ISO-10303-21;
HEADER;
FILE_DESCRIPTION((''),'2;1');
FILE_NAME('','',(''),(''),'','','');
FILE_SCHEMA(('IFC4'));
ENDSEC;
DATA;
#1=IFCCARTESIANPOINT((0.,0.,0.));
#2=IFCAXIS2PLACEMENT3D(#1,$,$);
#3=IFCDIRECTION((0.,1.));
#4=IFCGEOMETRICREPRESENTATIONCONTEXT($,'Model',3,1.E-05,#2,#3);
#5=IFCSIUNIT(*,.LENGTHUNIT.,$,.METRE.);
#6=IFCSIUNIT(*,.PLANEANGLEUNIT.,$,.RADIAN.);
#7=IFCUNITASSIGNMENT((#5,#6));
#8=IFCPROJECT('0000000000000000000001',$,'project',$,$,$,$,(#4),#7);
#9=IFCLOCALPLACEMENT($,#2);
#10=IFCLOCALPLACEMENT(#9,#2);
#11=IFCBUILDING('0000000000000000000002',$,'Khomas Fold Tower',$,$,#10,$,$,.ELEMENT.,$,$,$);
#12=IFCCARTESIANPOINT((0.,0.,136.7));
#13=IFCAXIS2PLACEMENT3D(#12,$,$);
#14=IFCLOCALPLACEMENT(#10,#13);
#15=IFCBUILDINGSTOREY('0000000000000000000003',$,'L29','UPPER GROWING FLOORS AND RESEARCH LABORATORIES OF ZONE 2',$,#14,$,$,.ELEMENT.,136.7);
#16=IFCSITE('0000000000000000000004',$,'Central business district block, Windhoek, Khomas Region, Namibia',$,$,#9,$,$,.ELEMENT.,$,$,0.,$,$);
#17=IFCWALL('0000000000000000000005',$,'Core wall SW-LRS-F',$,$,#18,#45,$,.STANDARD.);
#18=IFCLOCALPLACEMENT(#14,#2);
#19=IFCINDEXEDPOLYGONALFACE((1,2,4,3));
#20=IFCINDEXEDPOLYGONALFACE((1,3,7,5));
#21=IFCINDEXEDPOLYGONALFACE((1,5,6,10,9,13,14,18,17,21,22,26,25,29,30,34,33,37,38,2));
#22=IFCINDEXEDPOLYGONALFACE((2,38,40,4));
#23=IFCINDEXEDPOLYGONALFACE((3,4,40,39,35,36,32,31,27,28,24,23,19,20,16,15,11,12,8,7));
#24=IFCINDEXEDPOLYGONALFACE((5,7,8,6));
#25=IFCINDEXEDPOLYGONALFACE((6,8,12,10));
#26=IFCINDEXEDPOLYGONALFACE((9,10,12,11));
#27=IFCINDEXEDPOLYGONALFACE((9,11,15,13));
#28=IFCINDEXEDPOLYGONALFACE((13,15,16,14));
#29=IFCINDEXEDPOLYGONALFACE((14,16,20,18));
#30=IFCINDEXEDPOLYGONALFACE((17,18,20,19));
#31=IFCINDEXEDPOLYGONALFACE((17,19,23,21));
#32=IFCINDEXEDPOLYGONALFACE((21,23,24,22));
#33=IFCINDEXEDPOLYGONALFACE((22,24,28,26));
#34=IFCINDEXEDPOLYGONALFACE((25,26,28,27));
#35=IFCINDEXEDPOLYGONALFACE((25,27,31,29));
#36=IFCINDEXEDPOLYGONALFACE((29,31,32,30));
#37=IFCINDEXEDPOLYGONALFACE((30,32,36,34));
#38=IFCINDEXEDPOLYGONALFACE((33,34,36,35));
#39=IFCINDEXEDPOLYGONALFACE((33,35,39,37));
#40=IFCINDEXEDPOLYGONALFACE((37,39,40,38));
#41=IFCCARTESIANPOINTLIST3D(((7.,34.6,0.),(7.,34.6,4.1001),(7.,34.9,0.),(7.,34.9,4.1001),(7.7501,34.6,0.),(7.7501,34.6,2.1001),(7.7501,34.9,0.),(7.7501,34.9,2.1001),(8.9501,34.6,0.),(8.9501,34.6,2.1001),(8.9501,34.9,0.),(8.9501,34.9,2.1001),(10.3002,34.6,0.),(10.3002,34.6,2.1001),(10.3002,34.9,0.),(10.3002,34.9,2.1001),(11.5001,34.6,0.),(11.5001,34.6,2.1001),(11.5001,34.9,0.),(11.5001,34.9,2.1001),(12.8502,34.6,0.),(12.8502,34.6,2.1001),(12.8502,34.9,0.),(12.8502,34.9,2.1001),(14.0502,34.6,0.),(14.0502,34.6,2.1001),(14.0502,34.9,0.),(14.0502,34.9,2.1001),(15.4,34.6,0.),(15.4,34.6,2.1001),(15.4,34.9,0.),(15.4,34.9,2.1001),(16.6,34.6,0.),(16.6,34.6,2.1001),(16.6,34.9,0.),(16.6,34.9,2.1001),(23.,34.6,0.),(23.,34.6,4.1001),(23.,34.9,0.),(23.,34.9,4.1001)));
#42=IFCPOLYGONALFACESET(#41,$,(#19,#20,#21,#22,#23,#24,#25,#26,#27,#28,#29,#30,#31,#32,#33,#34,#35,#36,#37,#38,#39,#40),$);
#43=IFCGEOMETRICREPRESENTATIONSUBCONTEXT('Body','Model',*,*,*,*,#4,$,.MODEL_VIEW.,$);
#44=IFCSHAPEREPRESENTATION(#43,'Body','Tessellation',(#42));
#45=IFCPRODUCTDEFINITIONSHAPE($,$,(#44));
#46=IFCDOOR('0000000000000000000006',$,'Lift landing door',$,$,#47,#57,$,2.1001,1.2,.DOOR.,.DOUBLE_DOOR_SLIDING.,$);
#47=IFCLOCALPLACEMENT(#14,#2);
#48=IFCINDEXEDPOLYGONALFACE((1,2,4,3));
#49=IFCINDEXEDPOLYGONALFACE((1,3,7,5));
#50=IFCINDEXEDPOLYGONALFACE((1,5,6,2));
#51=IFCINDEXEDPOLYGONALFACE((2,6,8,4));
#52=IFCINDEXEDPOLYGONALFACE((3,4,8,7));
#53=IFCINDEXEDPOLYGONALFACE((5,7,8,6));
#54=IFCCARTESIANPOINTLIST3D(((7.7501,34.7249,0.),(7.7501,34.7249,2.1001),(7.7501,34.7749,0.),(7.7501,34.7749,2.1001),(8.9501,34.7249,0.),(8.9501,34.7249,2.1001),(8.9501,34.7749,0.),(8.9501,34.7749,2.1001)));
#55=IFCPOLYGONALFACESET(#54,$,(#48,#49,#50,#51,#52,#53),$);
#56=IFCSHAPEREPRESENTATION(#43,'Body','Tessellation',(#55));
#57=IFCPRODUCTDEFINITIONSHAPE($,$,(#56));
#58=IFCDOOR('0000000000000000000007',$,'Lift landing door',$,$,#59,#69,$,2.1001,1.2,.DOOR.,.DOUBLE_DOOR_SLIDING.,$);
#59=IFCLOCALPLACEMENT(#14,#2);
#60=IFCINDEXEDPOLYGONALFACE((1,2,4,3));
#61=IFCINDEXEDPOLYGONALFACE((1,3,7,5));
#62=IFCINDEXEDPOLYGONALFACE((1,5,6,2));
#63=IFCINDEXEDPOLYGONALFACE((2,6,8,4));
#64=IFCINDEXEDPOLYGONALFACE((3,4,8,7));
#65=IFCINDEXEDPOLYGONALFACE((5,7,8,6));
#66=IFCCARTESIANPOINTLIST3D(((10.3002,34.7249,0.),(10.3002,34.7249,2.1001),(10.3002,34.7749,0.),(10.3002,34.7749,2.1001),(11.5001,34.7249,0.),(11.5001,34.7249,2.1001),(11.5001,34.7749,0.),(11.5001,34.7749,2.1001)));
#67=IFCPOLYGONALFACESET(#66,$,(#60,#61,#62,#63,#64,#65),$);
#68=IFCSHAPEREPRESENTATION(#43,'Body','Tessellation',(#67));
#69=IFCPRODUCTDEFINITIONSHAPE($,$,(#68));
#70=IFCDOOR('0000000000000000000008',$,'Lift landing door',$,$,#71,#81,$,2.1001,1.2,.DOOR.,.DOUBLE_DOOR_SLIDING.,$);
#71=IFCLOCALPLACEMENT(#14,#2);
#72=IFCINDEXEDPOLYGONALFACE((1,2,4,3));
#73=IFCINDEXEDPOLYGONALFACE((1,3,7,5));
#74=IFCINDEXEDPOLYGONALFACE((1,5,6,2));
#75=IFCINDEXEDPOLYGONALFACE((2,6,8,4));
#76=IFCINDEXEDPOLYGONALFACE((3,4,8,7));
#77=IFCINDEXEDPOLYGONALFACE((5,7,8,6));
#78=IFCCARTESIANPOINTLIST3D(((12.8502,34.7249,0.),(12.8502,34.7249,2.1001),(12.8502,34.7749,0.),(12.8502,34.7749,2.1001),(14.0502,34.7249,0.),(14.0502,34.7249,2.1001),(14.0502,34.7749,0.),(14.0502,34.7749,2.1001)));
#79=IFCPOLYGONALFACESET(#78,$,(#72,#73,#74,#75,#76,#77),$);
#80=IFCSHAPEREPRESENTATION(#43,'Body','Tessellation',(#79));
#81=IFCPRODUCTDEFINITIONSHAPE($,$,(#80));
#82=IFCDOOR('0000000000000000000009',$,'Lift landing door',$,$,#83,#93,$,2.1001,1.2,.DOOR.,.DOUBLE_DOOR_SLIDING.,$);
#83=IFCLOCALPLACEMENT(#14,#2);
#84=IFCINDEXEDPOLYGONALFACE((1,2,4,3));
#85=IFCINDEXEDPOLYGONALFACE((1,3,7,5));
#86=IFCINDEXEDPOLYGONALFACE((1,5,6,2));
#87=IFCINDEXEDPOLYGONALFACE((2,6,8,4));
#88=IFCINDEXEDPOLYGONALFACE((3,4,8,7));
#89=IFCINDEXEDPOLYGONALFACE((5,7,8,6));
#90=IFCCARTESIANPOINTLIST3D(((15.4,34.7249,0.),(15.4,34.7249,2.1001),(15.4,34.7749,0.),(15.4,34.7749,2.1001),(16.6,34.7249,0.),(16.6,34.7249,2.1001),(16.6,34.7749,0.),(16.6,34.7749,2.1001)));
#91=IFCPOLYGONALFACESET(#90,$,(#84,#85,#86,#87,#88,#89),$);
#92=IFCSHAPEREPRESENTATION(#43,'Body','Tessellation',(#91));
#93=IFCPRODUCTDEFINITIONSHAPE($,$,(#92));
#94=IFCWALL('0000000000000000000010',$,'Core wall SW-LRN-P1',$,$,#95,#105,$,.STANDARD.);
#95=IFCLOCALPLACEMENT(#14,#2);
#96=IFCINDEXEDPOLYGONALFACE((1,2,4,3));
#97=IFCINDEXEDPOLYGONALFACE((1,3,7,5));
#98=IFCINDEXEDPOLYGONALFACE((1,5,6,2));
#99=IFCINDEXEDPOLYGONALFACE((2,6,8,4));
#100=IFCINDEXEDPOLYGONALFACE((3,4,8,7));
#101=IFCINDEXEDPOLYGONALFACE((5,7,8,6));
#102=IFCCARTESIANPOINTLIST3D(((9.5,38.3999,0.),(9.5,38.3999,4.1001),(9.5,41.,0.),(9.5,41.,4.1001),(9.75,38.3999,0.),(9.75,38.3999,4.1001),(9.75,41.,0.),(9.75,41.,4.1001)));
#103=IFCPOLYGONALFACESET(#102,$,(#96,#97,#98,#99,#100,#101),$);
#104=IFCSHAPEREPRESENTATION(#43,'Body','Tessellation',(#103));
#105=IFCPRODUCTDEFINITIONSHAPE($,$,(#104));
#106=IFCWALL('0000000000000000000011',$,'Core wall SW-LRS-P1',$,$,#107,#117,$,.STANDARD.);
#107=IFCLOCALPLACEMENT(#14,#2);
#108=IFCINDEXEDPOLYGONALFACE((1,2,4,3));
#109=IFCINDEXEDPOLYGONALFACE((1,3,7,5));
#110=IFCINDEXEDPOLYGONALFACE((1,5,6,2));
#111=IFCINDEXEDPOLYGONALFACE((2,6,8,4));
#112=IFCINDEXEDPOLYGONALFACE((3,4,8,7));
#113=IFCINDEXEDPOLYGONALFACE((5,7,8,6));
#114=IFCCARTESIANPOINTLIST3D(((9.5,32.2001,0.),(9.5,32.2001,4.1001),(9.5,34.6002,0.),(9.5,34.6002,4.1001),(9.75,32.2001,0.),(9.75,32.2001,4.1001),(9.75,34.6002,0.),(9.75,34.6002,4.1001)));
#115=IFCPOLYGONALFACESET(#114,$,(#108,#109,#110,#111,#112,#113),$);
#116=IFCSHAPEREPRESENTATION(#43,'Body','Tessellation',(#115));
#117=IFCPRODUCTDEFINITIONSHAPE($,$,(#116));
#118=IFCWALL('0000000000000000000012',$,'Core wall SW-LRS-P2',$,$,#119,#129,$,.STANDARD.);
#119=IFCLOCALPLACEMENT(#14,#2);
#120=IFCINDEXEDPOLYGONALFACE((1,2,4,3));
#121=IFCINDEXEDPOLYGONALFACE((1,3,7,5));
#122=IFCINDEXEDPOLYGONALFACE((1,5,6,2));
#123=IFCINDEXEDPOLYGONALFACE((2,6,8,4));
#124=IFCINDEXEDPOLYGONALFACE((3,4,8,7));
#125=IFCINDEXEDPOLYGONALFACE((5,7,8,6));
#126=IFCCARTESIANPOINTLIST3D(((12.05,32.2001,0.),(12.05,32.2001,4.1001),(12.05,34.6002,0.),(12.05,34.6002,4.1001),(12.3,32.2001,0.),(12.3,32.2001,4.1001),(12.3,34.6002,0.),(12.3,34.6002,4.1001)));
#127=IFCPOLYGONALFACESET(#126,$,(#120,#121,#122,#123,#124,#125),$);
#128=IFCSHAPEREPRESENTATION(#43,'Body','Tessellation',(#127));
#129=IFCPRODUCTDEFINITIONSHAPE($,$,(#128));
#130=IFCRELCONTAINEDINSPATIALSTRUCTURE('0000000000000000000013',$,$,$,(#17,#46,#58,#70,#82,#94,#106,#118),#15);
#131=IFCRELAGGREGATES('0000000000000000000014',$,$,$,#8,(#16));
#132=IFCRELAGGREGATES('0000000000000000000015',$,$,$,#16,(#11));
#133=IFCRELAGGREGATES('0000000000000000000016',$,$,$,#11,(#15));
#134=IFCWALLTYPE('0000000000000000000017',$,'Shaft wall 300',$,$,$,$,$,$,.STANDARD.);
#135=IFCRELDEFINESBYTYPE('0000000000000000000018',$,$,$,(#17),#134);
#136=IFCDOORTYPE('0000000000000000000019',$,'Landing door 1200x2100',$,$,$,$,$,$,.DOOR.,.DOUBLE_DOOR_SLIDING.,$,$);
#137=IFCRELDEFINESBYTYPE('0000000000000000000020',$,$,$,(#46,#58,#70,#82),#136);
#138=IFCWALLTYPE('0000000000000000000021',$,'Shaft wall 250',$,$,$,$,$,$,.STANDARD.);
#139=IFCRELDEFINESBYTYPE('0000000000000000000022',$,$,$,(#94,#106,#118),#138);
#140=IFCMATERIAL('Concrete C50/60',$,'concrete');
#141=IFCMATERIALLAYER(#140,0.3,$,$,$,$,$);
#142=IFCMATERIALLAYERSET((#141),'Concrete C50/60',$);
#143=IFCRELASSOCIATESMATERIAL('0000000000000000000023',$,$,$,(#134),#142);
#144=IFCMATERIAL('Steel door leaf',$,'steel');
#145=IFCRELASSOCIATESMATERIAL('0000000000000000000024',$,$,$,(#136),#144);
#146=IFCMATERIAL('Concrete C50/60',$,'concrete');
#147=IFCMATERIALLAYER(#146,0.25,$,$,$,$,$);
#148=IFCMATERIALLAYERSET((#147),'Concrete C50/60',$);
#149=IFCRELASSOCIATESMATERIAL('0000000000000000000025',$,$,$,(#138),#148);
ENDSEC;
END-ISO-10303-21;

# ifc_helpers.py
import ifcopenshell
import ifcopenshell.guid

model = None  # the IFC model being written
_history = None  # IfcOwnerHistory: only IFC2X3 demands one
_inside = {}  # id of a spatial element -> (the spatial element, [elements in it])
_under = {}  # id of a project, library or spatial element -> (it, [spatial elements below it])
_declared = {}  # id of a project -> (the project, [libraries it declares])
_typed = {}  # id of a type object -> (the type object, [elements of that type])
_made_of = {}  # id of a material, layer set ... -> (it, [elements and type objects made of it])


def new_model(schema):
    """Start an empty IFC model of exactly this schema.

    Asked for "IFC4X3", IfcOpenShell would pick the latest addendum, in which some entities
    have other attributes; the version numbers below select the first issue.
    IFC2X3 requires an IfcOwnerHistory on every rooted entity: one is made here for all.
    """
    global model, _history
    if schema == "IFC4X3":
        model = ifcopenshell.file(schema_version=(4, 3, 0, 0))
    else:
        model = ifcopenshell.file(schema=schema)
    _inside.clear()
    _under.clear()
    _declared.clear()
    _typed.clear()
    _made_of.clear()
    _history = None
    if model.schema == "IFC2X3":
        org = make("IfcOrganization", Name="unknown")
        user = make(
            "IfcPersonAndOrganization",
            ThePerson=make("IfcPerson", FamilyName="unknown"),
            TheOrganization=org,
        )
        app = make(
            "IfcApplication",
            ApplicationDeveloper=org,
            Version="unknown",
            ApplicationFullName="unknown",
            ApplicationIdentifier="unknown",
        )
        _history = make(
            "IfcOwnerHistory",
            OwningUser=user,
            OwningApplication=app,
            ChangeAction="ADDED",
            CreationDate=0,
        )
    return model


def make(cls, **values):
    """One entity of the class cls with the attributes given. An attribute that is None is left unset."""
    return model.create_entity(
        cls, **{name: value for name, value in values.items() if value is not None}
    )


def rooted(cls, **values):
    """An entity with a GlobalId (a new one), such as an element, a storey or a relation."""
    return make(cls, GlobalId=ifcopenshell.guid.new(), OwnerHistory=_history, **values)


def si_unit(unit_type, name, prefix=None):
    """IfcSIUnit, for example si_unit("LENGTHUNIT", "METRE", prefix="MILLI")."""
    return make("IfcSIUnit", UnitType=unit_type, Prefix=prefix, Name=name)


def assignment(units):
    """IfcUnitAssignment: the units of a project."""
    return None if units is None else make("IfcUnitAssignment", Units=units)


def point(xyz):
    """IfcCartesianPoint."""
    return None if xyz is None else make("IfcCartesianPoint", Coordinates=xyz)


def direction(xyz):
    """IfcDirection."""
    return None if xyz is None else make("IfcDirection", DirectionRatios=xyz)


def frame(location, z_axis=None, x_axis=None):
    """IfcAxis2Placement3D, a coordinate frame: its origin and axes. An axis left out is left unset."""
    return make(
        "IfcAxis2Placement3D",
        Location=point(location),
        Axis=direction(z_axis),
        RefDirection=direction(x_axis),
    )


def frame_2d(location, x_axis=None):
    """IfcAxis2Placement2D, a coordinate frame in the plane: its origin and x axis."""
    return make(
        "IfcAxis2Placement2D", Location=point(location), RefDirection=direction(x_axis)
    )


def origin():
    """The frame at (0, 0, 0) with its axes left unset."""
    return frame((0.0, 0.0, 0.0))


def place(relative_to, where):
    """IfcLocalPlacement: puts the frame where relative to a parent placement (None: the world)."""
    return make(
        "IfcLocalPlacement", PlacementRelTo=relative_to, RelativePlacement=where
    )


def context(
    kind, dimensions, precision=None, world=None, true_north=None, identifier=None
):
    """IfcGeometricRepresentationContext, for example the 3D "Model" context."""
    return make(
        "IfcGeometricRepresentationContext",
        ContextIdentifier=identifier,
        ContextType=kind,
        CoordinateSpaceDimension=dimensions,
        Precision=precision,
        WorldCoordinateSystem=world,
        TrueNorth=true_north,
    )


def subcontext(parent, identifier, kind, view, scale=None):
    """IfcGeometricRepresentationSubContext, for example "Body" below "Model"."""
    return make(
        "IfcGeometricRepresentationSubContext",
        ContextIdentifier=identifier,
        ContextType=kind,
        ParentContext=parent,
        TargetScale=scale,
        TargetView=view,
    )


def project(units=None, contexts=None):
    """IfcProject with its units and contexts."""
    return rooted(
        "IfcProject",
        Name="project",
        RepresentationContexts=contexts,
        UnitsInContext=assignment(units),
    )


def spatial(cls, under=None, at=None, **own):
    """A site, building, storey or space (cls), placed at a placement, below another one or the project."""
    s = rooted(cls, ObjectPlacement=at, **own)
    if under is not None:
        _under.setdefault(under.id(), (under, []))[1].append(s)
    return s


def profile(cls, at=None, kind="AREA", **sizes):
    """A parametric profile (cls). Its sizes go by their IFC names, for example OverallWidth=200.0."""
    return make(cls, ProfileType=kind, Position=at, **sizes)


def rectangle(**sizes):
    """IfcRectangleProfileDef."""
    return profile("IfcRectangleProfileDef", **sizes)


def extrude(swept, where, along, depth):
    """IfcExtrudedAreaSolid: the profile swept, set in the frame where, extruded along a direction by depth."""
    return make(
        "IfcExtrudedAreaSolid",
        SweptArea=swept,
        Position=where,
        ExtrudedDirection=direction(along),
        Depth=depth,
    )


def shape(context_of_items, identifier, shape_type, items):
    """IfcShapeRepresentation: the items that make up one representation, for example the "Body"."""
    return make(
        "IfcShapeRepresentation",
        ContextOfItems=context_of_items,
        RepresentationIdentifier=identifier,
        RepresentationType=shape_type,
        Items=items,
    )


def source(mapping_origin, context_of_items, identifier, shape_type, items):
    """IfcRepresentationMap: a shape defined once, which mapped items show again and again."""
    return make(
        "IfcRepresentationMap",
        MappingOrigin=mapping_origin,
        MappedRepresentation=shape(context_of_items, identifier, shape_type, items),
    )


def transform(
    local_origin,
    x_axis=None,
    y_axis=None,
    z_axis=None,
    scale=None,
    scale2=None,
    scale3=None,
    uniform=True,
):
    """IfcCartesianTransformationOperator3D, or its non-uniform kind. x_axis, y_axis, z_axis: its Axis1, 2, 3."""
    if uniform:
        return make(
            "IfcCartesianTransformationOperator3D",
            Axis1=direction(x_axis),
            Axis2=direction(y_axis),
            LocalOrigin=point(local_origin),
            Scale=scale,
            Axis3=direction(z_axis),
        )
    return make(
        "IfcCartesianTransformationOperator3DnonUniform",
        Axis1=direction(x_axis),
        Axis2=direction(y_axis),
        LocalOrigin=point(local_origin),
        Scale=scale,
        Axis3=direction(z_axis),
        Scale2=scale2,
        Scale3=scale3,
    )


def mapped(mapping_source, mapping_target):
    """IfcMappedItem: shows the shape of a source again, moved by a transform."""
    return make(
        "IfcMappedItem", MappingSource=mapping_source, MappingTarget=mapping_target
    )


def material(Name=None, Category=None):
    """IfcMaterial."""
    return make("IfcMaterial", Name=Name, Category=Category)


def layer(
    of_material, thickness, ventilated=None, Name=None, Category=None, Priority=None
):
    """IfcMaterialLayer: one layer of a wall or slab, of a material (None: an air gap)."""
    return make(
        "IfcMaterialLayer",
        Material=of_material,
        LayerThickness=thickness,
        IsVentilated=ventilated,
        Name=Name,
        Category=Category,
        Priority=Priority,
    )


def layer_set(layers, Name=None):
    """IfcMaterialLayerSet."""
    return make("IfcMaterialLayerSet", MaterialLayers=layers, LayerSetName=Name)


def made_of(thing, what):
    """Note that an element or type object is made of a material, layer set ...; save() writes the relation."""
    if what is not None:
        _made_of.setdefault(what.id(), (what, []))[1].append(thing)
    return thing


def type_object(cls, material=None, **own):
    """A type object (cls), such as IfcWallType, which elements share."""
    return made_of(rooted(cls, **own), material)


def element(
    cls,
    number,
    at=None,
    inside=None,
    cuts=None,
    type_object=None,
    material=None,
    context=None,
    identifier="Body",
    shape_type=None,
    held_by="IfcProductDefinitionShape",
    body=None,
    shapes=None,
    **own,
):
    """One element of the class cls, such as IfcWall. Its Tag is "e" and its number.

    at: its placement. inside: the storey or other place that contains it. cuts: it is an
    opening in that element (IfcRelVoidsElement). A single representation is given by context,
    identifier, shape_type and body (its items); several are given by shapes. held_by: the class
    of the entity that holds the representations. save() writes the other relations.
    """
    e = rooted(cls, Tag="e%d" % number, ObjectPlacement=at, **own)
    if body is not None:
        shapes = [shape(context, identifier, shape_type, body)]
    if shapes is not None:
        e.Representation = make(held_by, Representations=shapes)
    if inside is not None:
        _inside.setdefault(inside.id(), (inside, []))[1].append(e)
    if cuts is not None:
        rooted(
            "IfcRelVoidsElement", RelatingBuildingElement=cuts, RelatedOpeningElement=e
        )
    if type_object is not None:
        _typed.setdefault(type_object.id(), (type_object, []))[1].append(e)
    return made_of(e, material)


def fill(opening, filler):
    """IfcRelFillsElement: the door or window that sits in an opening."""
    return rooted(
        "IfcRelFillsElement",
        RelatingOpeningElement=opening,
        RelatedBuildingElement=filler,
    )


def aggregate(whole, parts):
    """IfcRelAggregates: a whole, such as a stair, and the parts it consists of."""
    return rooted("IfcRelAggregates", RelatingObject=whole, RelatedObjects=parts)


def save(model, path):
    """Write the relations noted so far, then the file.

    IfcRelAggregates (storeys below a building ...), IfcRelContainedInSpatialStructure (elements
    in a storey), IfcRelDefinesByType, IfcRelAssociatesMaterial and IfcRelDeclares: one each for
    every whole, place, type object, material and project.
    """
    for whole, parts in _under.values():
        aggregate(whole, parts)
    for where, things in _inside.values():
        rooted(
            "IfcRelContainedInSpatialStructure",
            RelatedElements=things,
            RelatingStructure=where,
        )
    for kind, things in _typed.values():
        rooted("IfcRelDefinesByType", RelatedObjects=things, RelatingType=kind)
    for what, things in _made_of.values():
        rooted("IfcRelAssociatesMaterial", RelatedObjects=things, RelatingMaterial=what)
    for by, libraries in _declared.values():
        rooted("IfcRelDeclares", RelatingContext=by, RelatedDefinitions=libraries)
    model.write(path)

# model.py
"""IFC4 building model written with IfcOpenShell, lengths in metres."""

from ifc_helpers import new_model, si_unit, direction, frame, frame_2d, origin, place, context, subcontext, project, spatial, rectangle, extrude, source, transform, mapped, material, layer, layer_set, type_object, element, fill, save


model = new_model("IFC4")

# Units and contexts
model_context = context("Model", 3, precision=1e-05, world=origin(), true_north=direction((0.0, 1.0)))
body_context = subcontext(model_context, "Body", "Model", "MODEL_VIEW")
ifc_project = project(units=[si_unit("LENGTHUNIT", "METRE"), si_unit("PLANEANGLEUNIT", "RADIAN")], contexts=[model_context])

# Site, building, storey
site_placement = place(None, origin())
site = spatial("IfcSite", under=ifc_project, at=site_placement, Name="Central business district block, Windhoek, Khomas Region, Namibia", CompositionType="ELEMENT", RefElevation=0.0)
building_placement = place(site_placement, origin())
building = spatial("IfcBuilding", under=site, at=building_placement, Name="Khomas Fold Tower", CompositionType="ELEMENT")
storey_placement = place(building_placement, frame((0.0, 0.0, 136.7)))
storey = spatial("IfcBuildingStorey", under=building, at=storey_placement, Name="L29", Description="UPPER GROWING FLOORS AND RESEARCH LABORATORIES OF ZONE 2", CompositionType="ELEMENT", Elevation=136.7)

# Shared definitions
ifc_material_1 = material(Name="Concrete C50/60", Category="concrete")
ifc_layer_1 = layer(ifc_material_1, 0.3)
ifc_layer_set_1 = layer_set([ifc_layer_1], Name="Concrete C50/60")
wall_type_1 = type_object("IfcWallType", Name="Shaft wall 300", PredefinedType="STANDARD", material=ifc_layer_set_1)
shared_shape_1 = source(origin(), body_context, "Body", "SweptSolid", [
    extrude(rectangle(XDim=16.0, YDim=0.3, at=frame_2d((8.0, 0.0))), origin(), (0.0, 0.0, 1.0), 4.1001),
])

# Wall, openings, doors
shared_shape_2 = source(origin(), body_context, "Body", "SweptSolid", [
    extrude(rectangle(XDim=1.2, YDim=2.1001, at=frame_2d((0.6001, 1.05))), frame((0.0, 0.1599, 0.0), z_axis=(0.0, -1.0, 0.0), x_axis=(1.0, 0.0, 0.0)), (0.0, 0.0, 1.0), 0.3201),
])
ifc_material_2 = material(Name="Steel door leaf", Category="steel")
door_type_1 = type_object("IfcDoorType", Name="Landing door 1200x2100", OperationType="DOUBLE_DOOR_SLIDING", PredefinedType="DOOR", material=ifc_material_2)
shared_shape_3 = source(origin(), body_context, "Body", "SweptSolid", [
    extrude(rectangle(XDim=1.2, YDim=2.1001, at=frame_2d((0.6001, 1.05))), frame((0.0, 0.0249, 0.0), z_axis=(0.0, -1.0, 0.0), x_axis=(1.0, 0.0, 0.0)), (0.0, 0.0, 1.0), 0.05),
])
wall_1_placement = place(storey_placement, frame((7.0, 34.75, 0.0), z_axis=(0.0, 0.0, 1.0), x_axis=(1.0, 0.0, 0.0)))
wall_1 = element("IfcWall", 1, at=wall_1_placement, inside=storey, type_object=wall_type_1, Name="Core wall SW-LRS-F", PredefinedType="STANDARD", context=body_context, shape_type="MappedRepresentation", body=[
    mapped(shared_shape_1, transform((0.0, 0.0, 0.0))),
])
opening_1_placement = place(wall_1_placement, frame((0.75, 0.0, 0.0)))
opening_1 = element("IfcOpeningElement", 2, at=opening_1_placement, cuts=wall_1, PredefinedType="OPENING", context=body_context, shape_type="MappedRepresentation", body=[
    mapped(shared_shape_2, transform((0.0, 0.0, 0.0))),
])
opening_2_placement = place(wall_1_placement, frame((3.3, 0.0, 0.0)))
opening_2 = element("IfcOpeningElement", 3, at=opening_2_placement, cuts=wall_1, PredefinedType="OPENING", context=body_context, shape_type="MappedRepresentation", body=[
    mapped(shared_shape_2, transform((0.0, 0.0, 0.0))),
])
opening_3_placement = place(wall_1_placement, frame((5.8501, 0.0, 0.0)))
opening_3 = element("IfcOpeningElement", 4, at=opening_3_placement, cuts=wall_1, PredefinedType="OPENING", context=body_context, shape_type="MappedRepresentation", body=[
    mapped(shared_shape_2, transform((0.0, 0.0, 0.0))),
])
opening_4_placement = place(wall_1_placement, frame((8.3999, 0.0, 0.0)))
opening_4 = element("IfcOpeningElement", 5, at=opening_4_placement, cuts=wall_1, PredefinedType="OPENING", context=body_context, shape_type="MappedRepresentation", body=[
    mapped(shared_shape_2, transform((0.0, 0.0, 0.0))),
])
door_1_placement = place(opening_1_placement, origin())
door_1 = element("IfcDoor", 6, at=door_1_placement, inside=storey, type_object=door_type_1, Name="Lift landing door", OperationType="DOUBLE_DOOR_SLIDING", OverallHeight=2.1001, OverallWidth=1.2, PredefinedType="DOOR", context=body_context, shape_type="MappedRepresentation", body=[
    mapped(shared_shape_3, transform((0.0, 0.0, 0.0))),
])
fill(opening_1, door_1)
door_2_placement = place(opening_2_placement, origin())
door_2 = element("IfcDoor", 7, at=door_2_placement, inside=storey, type_object=door_type_1, Name="Lift landing door", OperationType="DOUBLE_DOOR_SLIDING", OverallHeight=2.1001, OverallWidth=1.2, PredefinedType="DOOR", context=body_context, shape_type="MappedRepresentation", body=[
    mapped(shared_shape_3, transform((0.0, 0.0, 0.0))),
])
fill(opening_2, door_2)
door_3_placement = place(opening_3_placement, origin())
door_3 = element("IfcDoor", 8, at=door_3_placement, inside=storey, type_object=door_type_1, Name="Lift landing door", OperationType="DOUBLE_DOOR_SLIDING", OverallHeight=2.1001, OverallWidth=1.2, PredefinedType="DOOR", context=body_context, shape_type="MappedRepresentation", body=[
    mapped(shared_shape_3, transform((0.0, 0.0, 0.0))),
])
fill(opening_3, door_3)
door_4_placement = place(opening_4_placement, origin())
door_4 = element("IfcDoor", 9, at=door_4_placement, inside=storey, type_object=door_type_1, Name="Lift landing door", OperationType="DOUBLE_DOOR_SLIDING", OverallHeight=2.1001, OverallWidth=1.2, PredefinedType="DOOR", context=body_context, shape_type="MappedRepresentation", body=[
    mapped(shared_shape_3, transform((0.0, 0.0, 0.0))),
])
fill(opening_4, door_4)

# Walls
ifc_material_3 = material(Name="Concrete C50/60", Category="concrete")
ifc_layer_2 = layer(ifc_material_3, 0.25)
ifc_layer_set_2 = layer_set([ifc_layer_2], Name="Concrete C50/60")
wall_type_2 = type_object("IfcWallType", Name="Shaft wall 250", PredefinedType="STANDARD", material=ifc_layer_set_2)
shared_shape_4 = source(origin(), body_context, "Body", "SweptSolid", [
    extrude(rectangle(XDim=2.6001, YDim=0.25, at=frame_2d((1.3, 0.0))), origin(), (0.0, 0.0, 1.0), 4.1001),
])
wall_2_placement = place(storey_placement, frame((9.625, 38.3999, 0.0), z_axis=(0.0, 0.0, 1.0), x_axis=(0.0, 1.0, 0.0)))
element("IfcWall", 10, at=wall_2_placement, inside=storey, type_object=wall_type_2, Name="Core wall SW-LRN-P1", PredefinedType="STANDARD", context=body_context, shape_type="MappedRepresentation", body=[
    mapped(shared_shape_4, transform((0.0, 0.0, 0.0))),
])
shared_shape_5 = source(origin(), body_context, "Body", "SweptSolid", [
    extrude(rectangle(XDim=2.4001, YDim=0.25, at=frame_2d((1.2002, 0.0))), origin(), (0.0, 0.0, 1.0), 4.1001),
])
for number, where, z_axis, x_axis, name in (
    (11, (9.625, 32.2, 0.0), (0.0, 0.0, 1.0), (0.0, 1.0, 0.0), "Core wall SW-LRS-P1"),
    (12, (12.175, 32.2, 0.0), (0.0, 0.0, 1.0), (0.0, 1.0, 0.0), "Core wall SW-LRS-P2"),
):
    element("IfcWall", number, at=place(storey_placement, frame(where, z_axis=z_axis, x_axis=x_axis)), inside=storey, type_object=wall_type_2, Name=name, PredefinedType="STANDARD", context=body_context, shape_type="MappedRepresentation", body=[
        mapped(shared_shape_5, transform((0.0, 0.0, 0.0))),
    ])

save(model, "model.ifc")
